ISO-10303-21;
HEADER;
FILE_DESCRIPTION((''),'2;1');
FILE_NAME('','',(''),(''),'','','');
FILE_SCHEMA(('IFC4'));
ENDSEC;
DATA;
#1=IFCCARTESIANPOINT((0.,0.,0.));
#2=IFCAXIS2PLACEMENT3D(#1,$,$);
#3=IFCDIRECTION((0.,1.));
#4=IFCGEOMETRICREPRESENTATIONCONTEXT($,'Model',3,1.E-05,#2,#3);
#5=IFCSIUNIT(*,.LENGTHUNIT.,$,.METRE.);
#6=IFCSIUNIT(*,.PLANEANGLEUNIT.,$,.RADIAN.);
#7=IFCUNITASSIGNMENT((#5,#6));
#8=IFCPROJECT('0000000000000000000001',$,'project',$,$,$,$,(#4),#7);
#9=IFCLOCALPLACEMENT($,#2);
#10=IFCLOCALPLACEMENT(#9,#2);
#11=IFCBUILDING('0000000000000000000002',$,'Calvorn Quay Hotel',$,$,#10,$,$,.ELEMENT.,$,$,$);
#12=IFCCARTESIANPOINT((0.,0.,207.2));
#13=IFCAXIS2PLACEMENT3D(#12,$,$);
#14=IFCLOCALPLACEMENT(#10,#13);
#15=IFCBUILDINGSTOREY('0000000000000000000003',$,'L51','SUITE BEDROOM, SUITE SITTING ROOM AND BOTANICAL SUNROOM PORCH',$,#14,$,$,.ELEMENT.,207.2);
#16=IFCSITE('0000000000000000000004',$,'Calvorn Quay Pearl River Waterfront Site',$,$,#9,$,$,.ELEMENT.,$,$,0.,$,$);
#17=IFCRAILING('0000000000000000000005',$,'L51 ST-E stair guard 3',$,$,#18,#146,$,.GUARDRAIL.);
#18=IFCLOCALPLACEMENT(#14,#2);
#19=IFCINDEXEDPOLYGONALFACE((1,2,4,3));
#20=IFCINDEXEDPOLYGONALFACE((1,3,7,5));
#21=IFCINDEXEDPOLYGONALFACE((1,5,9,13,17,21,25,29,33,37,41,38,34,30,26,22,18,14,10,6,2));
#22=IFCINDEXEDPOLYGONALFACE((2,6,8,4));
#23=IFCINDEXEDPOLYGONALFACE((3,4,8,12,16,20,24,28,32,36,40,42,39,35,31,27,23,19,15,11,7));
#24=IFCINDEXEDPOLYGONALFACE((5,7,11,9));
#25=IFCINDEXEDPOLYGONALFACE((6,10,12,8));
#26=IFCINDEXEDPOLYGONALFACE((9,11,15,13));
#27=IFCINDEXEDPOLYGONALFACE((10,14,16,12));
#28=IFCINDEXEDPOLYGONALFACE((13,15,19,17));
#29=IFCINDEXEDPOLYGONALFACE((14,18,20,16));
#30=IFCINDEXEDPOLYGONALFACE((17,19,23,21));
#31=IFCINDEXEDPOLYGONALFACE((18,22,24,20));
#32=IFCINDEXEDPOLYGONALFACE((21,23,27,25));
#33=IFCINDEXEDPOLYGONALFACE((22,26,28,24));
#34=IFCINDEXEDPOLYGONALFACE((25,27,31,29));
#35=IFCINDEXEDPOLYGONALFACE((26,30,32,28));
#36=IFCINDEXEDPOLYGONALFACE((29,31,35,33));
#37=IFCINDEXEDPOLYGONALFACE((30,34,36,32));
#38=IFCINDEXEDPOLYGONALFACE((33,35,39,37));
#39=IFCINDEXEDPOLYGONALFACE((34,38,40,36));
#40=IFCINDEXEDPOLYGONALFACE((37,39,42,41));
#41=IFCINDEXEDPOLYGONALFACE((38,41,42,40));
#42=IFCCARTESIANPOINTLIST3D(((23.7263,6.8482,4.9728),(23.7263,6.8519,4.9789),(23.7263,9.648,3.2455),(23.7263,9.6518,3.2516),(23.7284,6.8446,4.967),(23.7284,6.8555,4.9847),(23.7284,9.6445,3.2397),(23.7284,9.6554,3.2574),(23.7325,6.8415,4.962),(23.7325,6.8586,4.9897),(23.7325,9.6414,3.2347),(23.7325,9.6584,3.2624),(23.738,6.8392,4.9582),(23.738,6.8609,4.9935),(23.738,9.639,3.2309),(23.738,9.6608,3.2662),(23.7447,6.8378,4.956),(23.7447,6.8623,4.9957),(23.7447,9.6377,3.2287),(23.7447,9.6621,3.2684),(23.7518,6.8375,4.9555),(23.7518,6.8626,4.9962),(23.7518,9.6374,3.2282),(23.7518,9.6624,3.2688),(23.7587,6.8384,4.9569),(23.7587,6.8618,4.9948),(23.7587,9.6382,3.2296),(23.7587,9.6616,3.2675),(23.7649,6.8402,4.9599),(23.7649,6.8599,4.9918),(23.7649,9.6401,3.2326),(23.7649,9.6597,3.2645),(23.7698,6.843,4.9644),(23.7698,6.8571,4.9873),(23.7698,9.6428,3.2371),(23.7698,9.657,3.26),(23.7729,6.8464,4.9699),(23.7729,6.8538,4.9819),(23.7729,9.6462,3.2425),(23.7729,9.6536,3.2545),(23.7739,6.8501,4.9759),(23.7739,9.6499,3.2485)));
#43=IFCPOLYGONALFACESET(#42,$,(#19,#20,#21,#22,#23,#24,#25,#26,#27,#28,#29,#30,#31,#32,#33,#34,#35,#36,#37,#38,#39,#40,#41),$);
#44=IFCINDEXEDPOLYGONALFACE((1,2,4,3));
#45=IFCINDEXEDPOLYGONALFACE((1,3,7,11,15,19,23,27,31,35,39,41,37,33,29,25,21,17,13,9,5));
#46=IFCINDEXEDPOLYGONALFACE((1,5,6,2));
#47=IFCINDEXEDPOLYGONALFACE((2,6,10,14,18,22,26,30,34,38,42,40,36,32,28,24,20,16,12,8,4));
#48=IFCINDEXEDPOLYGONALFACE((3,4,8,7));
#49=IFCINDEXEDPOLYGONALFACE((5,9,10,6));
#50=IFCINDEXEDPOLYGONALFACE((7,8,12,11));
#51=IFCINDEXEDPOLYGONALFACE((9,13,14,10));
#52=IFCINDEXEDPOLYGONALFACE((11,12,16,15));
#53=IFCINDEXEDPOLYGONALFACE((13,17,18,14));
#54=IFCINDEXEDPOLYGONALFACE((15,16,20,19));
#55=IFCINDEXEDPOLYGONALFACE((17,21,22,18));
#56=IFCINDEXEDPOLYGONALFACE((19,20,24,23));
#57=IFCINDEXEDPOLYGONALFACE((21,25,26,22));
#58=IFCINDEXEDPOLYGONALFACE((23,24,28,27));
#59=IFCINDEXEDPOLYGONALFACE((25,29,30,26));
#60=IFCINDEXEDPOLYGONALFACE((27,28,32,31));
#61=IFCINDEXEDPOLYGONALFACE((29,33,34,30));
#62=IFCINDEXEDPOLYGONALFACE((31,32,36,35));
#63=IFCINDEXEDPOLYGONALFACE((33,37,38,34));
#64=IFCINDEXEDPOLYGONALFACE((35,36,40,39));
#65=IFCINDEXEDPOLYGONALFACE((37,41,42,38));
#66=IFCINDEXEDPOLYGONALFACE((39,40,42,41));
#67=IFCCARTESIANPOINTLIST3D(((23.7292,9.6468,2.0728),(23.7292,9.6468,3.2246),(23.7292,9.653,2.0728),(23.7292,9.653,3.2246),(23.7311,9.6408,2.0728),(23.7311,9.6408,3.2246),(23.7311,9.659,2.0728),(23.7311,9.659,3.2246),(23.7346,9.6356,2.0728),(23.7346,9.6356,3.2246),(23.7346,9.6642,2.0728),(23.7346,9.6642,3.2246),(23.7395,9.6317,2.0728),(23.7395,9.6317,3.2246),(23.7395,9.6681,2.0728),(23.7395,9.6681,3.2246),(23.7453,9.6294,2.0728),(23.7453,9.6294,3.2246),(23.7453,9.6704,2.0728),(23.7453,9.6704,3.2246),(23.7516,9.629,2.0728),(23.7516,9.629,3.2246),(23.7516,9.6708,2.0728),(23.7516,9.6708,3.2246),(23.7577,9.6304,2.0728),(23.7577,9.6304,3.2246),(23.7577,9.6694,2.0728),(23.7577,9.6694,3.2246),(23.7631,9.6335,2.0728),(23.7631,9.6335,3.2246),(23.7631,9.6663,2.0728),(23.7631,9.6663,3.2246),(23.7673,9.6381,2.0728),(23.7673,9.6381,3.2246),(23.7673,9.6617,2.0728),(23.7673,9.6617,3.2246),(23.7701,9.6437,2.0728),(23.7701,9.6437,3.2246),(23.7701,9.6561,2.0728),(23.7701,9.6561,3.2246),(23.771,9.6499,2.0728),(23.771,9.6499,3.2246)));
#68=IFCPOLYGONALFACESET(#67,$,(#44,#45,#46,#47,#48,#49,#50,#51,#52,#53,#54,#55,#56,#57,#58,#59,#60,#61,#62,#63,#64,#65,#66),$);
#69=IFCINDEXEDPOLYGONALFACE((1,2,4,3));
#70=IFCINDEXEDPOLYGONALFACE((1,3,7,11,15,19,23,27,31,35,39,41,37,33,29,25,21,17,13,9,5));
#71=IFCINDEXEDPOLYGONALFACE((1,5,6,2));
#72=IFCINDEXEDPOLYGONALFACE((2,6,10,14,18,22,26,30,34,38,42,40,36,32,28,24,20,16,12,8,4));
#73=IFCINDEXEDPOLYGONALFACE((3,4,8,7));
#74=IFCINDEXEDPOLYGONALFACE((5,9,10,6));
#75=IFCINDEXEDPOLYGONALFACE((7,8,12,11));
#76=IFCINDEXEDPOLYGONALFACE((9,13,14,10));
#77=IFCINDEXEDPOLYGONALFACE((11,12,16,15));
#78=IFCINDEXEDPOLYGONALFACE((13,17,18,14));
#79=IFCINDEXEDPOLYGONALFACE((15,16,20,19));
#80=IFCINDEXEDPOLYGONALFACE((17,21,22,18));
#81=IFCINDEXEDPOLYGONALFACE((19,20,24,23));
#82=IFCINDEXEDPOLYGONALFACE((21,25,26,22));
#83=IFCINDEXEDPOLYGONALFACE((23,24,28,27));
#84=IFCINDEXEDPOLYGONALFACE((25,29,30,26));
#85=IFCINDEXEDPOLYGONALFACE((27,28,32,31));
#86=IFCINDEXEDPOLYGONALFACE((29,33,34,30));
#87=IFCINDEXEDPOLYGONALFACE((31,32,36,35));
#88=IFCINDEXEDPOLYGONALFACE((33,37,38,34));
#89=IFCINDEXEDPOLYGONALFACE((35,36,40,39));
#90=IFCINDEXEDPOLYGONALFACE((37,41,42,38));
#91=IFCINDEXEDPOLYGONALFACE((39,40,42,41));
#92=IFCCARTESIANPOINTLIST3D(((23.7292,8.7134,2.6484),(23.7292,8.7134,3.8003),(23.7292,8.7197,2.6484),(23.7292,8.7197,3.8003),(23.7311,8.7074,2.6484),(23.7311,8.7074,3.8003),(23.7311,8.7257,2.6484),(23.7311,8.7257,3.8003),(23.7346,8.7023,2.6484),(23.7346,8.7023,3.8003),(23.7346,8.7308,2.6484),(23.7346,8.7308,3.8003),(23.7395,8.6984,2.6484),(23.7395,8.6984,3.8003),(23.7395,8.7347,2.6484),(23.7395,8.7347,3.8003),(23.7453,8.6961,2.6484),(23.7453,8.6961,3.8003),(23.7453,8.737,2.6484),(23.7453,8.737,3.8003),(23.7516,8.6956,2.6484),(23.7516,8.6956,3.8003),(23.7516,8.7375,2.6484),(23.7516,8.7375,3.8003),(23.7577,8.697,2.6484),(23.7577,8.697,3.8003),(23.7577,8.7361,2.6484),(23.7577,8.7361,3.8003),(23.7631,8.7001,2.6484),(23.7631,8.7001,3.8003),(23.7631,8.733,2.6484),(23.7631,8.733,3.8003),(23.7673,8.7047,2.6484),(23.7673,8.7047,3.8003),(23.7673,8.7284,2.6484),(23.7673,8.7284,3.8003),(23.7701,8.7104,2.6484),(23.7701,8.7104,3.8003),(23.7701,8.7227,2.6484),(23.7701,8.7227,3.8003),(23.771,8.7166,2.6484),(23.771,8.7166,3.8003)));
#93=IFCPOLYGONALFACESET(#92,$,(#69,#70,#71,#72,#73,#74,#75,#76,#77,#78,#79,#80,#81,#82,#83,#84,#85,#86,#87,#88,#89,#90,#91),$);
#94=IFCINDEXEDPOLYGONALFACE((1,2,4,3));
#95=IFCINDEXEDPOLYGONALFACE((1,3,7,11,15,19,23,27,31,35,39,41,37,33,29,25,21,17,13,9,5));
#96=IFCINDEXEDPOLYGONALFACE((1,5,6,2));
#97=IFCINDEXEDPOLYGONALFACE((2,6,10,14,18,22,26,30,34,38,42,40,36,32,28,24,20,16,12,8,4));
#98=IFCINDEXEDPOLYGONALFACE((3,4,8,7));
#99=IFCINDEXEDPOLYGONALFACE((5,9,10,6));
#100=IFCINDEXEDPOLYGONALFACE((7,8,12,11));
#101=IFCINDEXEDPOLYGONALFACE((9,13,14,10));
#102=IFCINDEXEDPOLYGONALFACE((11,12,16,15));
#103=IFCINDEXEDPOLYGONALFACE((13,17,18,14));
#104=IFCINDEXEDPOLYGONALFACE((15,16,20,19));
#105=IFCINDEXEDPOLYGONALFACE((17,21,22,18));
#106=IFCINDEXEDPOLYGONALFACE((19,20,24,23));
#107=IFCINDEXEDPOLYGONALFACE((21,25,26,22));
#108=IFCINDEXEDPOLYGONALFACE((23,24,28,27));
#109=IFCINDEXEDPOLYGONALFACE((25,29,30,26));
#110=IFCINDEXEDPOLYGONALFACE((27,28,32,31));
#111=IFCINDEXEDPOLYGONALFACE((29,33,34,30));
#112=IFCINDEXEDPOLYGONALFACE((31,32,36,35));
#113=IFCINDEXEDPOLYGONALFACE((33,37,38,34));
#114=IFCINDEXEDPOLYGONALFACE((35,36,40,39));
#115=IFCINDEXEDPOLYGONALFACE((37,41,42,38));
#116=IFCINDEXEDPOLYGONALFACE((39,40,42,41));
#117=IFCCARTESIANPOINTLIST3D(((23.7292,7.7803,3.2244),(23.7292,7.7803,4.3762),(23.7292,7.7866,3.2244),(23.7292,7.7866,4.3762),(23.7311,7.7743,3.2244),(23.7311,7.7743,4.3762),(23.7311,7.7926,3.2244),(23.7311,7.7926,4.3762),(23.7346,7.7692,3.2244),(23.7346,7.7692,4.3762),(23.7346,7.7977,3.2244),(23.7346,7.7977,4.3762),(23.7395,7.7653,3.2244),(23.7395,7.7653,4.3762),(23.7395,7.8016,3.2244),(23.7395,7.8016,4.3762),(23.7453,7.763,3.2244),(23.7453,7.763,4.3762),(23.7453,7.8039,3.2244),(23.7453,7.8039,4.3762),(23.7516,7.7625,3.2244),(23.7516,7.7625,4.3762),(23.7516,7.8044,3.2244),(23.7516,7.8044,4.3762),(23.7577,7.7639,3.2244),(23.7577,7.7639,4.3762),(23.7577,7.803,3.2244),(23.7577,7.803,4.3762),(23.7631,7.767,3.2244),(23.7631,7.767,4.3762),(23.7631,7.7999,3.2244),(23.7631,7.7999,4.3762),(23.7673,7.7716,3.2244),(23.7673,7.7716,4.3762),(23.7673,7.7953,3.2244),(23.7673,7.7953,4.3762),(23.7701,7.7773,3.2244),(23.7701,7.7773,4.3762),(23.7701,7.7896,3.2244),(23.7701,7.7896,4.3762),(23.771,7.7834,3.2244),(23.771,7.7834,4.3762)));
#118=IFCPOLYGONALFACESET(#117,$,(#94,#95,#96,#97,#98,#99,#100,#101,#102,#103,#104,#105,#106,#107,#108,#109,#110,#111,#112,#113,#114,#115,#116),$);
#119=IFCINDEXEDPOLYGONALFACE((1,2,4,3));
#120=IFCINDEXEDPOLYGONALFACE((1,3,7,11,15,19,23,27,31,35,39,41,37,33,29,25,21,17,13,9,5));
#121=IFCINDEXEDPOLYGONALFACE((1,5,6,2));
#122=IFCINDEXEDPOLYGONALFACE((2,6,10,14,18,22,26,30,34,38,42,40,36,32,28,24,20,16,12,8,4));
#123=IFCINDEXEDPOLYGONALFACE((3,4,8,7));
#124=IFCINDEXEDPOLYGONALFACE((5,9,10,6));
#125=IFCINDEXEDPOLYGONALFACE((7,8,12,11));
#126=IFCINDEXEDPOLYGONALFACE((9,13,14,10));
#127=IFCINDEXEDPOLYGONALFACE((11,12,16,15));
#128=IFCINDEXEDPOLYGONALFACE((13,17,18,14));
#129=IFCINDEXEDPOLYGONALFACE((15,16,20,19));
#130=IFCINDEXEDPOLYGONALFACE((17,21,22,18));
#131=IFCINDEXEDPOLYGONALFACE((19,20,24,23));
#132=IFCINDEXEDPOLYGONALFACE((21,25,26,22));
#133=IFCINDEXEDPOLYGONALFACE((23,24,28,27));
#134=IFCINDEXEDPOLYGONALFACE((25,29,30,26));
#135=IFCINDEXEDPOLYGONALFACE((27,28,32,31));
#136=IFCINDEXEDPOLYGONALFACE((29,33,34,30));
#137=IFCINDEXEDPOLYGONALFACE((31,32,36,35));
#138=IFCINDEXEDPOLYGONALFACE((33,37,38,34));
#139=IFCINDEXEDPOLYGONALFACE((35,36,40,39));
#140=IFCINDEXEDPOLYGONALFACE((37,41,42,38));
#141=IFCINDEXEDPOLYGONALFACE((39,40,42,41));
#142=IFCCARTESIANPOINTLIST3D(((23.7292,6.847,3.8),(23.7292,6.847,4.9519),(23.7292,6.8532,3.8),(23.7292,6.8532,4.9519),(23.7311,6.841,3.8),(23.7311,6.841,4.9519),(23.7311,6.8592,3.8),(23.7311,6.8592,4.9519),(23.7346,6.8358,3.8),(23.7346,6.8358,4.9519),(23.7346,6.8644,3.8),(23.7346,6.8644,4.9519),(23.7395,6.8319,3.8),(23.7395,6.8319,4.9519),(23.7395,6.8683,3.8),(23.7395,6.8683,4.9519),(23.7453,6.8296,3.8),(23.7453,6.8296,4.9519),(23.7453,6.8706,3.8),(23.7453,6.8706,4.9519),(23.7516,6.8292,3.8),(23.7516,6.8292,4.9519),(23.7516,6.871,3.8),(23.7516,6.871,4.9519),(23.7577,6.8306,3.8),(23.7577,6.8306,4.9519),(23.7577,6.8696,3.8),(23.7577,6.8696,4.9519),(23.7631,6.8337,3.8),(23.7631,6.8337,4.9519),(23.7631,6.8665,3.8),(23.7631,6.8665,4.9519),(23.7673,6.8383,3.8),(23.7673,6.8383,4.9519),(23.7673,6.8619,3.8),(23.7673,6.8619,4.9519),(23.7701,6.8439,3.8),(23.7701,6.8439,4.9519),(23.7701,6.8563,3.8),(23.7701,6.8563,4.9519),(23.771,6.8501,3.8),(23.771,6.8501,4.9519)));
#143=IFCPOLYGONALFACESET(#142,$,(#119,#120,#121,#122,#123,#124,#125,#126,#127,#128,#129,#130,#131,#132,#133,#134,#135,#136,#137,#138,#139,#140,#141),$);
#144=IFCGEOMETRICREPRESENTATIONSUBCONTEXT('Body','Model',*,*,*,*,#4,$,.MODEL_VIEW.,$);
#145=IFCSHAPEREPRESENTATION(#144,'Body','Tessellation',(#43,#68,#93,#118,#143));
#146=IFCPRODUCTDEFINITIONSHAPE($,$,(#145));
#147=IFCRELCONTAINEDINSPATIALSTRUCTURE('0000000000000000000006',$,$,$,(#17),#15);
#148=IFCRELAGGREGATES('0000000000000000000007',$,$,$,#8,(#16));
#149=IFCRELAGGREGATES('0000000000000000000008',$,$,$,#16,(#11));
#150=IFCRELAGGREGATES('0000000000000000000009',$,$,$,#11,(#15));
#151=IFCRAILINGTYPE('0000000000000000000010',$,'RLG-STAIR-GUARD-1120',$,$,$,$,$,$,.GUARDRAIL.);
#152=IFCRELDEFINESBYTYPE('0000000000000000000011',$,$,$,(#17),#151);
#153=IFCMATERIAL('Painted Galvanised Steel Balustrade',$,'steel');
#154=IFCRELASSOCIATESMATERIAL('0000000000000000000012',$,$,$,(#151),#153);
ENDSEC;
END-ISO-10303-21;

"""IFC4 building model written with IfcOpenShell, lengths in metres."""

from ifc_helpers import new_model, si_unit, direction, frame, origin, origin_2d, place, context, subcontext, project, spatial, circle, extrude, material, type_object, element, save


model = new_model("IFC4")

# Units and contexts
model_context = context("Model", 3, precision=1e-05, world=origin(), true_north=direction((0.0, 1.0)))
body_context = subcontext(model_context, "Body", "Model", "MODEL_VIEW")
ifc_project = project(units=[si_unit("LENGTHUNIT", "METRE"), si_unit("PLANEANGLEUNIT", "RADIAN")], contexts=[model_context])

# Site, building, storey
site_placement = place(None, origin())
site = spatial("IfcSite", under=ifc_project, at=site_placement, Name="Calvorn Quay Pearl River Waterfront Site", CompositionType="ELEMENT", RefElevation=0.0)
building_placement = place(site_placement, origin())
building = spatial("IfcBuilding", under=site, at=building_placement, Name="Calvorn Quay Hotel", CompositionType="ELEMENT")
storey_placement = place(building_placement, frame((0.0, 0.0, 207.2)))
storey = spatial("IfcBuildingStorey", under=building, at=storey_placement, Name="L51", Description="SUITE BEDROOM, SUITE SITTING ROOM AND BOTANICAL SUNROOM PORCH", CompositionType="ELEMENT", Elevation=207.2)

# Railing
ifc_material_1 = material(Name="Painted Galvanised Steel Balustrade", Category="steel")
railing_type_1 = type_object("IfcRailingType", Name="RLG-STAIR-GUARD-1120", PredefinedType="GUARDRAIL", material=ifc_material_1)
railing_1_placement = place(storey_placement, frame((23.75, 9.6499, 2.0728)))
element("IfcRailing", 1, at=railing_1_placement, inside=storey, type_object=railing_type_1, Name="L51 ST-E stair guard 3", PredefinedType="GUARDRAIL", context=body_context, shape_type="SweptSolid", body=[
    extrude(circle(Radius=0.0239, at=origin_2d()), frame((0.0, 0.0, 1.1758), z_axis=(0.0, -0.851069, 0.525054), x_axis=(1.0, 0.0, 0.0)), (0.0, 0.0, 1.0), 3.2898),
    extrude(circle(Radius=0.021, at=origin_2d()), origin(), (0.0, 0.0, 1.0), 1.1519),
    extrude(circle(Radius=0.021, at=origin_2d()), frame((0.0, -0.9333, 0.5757)), (0.0, 0.0, 1.0), 1.1519),
    extrude(circle(Radius=0.021, at=origin_2d()), frame((0.0, -1.8665, 1.1516)), (0.0, 0.0, 1.0), 1.1519),
    extrude(circle(Radius=0.021, at=origin_2d()), frame((0.0, -2.7998, 1.7273)), (0.0, 0.0, 1.0), 1.1519),
])

save(model, "model.ifc")
